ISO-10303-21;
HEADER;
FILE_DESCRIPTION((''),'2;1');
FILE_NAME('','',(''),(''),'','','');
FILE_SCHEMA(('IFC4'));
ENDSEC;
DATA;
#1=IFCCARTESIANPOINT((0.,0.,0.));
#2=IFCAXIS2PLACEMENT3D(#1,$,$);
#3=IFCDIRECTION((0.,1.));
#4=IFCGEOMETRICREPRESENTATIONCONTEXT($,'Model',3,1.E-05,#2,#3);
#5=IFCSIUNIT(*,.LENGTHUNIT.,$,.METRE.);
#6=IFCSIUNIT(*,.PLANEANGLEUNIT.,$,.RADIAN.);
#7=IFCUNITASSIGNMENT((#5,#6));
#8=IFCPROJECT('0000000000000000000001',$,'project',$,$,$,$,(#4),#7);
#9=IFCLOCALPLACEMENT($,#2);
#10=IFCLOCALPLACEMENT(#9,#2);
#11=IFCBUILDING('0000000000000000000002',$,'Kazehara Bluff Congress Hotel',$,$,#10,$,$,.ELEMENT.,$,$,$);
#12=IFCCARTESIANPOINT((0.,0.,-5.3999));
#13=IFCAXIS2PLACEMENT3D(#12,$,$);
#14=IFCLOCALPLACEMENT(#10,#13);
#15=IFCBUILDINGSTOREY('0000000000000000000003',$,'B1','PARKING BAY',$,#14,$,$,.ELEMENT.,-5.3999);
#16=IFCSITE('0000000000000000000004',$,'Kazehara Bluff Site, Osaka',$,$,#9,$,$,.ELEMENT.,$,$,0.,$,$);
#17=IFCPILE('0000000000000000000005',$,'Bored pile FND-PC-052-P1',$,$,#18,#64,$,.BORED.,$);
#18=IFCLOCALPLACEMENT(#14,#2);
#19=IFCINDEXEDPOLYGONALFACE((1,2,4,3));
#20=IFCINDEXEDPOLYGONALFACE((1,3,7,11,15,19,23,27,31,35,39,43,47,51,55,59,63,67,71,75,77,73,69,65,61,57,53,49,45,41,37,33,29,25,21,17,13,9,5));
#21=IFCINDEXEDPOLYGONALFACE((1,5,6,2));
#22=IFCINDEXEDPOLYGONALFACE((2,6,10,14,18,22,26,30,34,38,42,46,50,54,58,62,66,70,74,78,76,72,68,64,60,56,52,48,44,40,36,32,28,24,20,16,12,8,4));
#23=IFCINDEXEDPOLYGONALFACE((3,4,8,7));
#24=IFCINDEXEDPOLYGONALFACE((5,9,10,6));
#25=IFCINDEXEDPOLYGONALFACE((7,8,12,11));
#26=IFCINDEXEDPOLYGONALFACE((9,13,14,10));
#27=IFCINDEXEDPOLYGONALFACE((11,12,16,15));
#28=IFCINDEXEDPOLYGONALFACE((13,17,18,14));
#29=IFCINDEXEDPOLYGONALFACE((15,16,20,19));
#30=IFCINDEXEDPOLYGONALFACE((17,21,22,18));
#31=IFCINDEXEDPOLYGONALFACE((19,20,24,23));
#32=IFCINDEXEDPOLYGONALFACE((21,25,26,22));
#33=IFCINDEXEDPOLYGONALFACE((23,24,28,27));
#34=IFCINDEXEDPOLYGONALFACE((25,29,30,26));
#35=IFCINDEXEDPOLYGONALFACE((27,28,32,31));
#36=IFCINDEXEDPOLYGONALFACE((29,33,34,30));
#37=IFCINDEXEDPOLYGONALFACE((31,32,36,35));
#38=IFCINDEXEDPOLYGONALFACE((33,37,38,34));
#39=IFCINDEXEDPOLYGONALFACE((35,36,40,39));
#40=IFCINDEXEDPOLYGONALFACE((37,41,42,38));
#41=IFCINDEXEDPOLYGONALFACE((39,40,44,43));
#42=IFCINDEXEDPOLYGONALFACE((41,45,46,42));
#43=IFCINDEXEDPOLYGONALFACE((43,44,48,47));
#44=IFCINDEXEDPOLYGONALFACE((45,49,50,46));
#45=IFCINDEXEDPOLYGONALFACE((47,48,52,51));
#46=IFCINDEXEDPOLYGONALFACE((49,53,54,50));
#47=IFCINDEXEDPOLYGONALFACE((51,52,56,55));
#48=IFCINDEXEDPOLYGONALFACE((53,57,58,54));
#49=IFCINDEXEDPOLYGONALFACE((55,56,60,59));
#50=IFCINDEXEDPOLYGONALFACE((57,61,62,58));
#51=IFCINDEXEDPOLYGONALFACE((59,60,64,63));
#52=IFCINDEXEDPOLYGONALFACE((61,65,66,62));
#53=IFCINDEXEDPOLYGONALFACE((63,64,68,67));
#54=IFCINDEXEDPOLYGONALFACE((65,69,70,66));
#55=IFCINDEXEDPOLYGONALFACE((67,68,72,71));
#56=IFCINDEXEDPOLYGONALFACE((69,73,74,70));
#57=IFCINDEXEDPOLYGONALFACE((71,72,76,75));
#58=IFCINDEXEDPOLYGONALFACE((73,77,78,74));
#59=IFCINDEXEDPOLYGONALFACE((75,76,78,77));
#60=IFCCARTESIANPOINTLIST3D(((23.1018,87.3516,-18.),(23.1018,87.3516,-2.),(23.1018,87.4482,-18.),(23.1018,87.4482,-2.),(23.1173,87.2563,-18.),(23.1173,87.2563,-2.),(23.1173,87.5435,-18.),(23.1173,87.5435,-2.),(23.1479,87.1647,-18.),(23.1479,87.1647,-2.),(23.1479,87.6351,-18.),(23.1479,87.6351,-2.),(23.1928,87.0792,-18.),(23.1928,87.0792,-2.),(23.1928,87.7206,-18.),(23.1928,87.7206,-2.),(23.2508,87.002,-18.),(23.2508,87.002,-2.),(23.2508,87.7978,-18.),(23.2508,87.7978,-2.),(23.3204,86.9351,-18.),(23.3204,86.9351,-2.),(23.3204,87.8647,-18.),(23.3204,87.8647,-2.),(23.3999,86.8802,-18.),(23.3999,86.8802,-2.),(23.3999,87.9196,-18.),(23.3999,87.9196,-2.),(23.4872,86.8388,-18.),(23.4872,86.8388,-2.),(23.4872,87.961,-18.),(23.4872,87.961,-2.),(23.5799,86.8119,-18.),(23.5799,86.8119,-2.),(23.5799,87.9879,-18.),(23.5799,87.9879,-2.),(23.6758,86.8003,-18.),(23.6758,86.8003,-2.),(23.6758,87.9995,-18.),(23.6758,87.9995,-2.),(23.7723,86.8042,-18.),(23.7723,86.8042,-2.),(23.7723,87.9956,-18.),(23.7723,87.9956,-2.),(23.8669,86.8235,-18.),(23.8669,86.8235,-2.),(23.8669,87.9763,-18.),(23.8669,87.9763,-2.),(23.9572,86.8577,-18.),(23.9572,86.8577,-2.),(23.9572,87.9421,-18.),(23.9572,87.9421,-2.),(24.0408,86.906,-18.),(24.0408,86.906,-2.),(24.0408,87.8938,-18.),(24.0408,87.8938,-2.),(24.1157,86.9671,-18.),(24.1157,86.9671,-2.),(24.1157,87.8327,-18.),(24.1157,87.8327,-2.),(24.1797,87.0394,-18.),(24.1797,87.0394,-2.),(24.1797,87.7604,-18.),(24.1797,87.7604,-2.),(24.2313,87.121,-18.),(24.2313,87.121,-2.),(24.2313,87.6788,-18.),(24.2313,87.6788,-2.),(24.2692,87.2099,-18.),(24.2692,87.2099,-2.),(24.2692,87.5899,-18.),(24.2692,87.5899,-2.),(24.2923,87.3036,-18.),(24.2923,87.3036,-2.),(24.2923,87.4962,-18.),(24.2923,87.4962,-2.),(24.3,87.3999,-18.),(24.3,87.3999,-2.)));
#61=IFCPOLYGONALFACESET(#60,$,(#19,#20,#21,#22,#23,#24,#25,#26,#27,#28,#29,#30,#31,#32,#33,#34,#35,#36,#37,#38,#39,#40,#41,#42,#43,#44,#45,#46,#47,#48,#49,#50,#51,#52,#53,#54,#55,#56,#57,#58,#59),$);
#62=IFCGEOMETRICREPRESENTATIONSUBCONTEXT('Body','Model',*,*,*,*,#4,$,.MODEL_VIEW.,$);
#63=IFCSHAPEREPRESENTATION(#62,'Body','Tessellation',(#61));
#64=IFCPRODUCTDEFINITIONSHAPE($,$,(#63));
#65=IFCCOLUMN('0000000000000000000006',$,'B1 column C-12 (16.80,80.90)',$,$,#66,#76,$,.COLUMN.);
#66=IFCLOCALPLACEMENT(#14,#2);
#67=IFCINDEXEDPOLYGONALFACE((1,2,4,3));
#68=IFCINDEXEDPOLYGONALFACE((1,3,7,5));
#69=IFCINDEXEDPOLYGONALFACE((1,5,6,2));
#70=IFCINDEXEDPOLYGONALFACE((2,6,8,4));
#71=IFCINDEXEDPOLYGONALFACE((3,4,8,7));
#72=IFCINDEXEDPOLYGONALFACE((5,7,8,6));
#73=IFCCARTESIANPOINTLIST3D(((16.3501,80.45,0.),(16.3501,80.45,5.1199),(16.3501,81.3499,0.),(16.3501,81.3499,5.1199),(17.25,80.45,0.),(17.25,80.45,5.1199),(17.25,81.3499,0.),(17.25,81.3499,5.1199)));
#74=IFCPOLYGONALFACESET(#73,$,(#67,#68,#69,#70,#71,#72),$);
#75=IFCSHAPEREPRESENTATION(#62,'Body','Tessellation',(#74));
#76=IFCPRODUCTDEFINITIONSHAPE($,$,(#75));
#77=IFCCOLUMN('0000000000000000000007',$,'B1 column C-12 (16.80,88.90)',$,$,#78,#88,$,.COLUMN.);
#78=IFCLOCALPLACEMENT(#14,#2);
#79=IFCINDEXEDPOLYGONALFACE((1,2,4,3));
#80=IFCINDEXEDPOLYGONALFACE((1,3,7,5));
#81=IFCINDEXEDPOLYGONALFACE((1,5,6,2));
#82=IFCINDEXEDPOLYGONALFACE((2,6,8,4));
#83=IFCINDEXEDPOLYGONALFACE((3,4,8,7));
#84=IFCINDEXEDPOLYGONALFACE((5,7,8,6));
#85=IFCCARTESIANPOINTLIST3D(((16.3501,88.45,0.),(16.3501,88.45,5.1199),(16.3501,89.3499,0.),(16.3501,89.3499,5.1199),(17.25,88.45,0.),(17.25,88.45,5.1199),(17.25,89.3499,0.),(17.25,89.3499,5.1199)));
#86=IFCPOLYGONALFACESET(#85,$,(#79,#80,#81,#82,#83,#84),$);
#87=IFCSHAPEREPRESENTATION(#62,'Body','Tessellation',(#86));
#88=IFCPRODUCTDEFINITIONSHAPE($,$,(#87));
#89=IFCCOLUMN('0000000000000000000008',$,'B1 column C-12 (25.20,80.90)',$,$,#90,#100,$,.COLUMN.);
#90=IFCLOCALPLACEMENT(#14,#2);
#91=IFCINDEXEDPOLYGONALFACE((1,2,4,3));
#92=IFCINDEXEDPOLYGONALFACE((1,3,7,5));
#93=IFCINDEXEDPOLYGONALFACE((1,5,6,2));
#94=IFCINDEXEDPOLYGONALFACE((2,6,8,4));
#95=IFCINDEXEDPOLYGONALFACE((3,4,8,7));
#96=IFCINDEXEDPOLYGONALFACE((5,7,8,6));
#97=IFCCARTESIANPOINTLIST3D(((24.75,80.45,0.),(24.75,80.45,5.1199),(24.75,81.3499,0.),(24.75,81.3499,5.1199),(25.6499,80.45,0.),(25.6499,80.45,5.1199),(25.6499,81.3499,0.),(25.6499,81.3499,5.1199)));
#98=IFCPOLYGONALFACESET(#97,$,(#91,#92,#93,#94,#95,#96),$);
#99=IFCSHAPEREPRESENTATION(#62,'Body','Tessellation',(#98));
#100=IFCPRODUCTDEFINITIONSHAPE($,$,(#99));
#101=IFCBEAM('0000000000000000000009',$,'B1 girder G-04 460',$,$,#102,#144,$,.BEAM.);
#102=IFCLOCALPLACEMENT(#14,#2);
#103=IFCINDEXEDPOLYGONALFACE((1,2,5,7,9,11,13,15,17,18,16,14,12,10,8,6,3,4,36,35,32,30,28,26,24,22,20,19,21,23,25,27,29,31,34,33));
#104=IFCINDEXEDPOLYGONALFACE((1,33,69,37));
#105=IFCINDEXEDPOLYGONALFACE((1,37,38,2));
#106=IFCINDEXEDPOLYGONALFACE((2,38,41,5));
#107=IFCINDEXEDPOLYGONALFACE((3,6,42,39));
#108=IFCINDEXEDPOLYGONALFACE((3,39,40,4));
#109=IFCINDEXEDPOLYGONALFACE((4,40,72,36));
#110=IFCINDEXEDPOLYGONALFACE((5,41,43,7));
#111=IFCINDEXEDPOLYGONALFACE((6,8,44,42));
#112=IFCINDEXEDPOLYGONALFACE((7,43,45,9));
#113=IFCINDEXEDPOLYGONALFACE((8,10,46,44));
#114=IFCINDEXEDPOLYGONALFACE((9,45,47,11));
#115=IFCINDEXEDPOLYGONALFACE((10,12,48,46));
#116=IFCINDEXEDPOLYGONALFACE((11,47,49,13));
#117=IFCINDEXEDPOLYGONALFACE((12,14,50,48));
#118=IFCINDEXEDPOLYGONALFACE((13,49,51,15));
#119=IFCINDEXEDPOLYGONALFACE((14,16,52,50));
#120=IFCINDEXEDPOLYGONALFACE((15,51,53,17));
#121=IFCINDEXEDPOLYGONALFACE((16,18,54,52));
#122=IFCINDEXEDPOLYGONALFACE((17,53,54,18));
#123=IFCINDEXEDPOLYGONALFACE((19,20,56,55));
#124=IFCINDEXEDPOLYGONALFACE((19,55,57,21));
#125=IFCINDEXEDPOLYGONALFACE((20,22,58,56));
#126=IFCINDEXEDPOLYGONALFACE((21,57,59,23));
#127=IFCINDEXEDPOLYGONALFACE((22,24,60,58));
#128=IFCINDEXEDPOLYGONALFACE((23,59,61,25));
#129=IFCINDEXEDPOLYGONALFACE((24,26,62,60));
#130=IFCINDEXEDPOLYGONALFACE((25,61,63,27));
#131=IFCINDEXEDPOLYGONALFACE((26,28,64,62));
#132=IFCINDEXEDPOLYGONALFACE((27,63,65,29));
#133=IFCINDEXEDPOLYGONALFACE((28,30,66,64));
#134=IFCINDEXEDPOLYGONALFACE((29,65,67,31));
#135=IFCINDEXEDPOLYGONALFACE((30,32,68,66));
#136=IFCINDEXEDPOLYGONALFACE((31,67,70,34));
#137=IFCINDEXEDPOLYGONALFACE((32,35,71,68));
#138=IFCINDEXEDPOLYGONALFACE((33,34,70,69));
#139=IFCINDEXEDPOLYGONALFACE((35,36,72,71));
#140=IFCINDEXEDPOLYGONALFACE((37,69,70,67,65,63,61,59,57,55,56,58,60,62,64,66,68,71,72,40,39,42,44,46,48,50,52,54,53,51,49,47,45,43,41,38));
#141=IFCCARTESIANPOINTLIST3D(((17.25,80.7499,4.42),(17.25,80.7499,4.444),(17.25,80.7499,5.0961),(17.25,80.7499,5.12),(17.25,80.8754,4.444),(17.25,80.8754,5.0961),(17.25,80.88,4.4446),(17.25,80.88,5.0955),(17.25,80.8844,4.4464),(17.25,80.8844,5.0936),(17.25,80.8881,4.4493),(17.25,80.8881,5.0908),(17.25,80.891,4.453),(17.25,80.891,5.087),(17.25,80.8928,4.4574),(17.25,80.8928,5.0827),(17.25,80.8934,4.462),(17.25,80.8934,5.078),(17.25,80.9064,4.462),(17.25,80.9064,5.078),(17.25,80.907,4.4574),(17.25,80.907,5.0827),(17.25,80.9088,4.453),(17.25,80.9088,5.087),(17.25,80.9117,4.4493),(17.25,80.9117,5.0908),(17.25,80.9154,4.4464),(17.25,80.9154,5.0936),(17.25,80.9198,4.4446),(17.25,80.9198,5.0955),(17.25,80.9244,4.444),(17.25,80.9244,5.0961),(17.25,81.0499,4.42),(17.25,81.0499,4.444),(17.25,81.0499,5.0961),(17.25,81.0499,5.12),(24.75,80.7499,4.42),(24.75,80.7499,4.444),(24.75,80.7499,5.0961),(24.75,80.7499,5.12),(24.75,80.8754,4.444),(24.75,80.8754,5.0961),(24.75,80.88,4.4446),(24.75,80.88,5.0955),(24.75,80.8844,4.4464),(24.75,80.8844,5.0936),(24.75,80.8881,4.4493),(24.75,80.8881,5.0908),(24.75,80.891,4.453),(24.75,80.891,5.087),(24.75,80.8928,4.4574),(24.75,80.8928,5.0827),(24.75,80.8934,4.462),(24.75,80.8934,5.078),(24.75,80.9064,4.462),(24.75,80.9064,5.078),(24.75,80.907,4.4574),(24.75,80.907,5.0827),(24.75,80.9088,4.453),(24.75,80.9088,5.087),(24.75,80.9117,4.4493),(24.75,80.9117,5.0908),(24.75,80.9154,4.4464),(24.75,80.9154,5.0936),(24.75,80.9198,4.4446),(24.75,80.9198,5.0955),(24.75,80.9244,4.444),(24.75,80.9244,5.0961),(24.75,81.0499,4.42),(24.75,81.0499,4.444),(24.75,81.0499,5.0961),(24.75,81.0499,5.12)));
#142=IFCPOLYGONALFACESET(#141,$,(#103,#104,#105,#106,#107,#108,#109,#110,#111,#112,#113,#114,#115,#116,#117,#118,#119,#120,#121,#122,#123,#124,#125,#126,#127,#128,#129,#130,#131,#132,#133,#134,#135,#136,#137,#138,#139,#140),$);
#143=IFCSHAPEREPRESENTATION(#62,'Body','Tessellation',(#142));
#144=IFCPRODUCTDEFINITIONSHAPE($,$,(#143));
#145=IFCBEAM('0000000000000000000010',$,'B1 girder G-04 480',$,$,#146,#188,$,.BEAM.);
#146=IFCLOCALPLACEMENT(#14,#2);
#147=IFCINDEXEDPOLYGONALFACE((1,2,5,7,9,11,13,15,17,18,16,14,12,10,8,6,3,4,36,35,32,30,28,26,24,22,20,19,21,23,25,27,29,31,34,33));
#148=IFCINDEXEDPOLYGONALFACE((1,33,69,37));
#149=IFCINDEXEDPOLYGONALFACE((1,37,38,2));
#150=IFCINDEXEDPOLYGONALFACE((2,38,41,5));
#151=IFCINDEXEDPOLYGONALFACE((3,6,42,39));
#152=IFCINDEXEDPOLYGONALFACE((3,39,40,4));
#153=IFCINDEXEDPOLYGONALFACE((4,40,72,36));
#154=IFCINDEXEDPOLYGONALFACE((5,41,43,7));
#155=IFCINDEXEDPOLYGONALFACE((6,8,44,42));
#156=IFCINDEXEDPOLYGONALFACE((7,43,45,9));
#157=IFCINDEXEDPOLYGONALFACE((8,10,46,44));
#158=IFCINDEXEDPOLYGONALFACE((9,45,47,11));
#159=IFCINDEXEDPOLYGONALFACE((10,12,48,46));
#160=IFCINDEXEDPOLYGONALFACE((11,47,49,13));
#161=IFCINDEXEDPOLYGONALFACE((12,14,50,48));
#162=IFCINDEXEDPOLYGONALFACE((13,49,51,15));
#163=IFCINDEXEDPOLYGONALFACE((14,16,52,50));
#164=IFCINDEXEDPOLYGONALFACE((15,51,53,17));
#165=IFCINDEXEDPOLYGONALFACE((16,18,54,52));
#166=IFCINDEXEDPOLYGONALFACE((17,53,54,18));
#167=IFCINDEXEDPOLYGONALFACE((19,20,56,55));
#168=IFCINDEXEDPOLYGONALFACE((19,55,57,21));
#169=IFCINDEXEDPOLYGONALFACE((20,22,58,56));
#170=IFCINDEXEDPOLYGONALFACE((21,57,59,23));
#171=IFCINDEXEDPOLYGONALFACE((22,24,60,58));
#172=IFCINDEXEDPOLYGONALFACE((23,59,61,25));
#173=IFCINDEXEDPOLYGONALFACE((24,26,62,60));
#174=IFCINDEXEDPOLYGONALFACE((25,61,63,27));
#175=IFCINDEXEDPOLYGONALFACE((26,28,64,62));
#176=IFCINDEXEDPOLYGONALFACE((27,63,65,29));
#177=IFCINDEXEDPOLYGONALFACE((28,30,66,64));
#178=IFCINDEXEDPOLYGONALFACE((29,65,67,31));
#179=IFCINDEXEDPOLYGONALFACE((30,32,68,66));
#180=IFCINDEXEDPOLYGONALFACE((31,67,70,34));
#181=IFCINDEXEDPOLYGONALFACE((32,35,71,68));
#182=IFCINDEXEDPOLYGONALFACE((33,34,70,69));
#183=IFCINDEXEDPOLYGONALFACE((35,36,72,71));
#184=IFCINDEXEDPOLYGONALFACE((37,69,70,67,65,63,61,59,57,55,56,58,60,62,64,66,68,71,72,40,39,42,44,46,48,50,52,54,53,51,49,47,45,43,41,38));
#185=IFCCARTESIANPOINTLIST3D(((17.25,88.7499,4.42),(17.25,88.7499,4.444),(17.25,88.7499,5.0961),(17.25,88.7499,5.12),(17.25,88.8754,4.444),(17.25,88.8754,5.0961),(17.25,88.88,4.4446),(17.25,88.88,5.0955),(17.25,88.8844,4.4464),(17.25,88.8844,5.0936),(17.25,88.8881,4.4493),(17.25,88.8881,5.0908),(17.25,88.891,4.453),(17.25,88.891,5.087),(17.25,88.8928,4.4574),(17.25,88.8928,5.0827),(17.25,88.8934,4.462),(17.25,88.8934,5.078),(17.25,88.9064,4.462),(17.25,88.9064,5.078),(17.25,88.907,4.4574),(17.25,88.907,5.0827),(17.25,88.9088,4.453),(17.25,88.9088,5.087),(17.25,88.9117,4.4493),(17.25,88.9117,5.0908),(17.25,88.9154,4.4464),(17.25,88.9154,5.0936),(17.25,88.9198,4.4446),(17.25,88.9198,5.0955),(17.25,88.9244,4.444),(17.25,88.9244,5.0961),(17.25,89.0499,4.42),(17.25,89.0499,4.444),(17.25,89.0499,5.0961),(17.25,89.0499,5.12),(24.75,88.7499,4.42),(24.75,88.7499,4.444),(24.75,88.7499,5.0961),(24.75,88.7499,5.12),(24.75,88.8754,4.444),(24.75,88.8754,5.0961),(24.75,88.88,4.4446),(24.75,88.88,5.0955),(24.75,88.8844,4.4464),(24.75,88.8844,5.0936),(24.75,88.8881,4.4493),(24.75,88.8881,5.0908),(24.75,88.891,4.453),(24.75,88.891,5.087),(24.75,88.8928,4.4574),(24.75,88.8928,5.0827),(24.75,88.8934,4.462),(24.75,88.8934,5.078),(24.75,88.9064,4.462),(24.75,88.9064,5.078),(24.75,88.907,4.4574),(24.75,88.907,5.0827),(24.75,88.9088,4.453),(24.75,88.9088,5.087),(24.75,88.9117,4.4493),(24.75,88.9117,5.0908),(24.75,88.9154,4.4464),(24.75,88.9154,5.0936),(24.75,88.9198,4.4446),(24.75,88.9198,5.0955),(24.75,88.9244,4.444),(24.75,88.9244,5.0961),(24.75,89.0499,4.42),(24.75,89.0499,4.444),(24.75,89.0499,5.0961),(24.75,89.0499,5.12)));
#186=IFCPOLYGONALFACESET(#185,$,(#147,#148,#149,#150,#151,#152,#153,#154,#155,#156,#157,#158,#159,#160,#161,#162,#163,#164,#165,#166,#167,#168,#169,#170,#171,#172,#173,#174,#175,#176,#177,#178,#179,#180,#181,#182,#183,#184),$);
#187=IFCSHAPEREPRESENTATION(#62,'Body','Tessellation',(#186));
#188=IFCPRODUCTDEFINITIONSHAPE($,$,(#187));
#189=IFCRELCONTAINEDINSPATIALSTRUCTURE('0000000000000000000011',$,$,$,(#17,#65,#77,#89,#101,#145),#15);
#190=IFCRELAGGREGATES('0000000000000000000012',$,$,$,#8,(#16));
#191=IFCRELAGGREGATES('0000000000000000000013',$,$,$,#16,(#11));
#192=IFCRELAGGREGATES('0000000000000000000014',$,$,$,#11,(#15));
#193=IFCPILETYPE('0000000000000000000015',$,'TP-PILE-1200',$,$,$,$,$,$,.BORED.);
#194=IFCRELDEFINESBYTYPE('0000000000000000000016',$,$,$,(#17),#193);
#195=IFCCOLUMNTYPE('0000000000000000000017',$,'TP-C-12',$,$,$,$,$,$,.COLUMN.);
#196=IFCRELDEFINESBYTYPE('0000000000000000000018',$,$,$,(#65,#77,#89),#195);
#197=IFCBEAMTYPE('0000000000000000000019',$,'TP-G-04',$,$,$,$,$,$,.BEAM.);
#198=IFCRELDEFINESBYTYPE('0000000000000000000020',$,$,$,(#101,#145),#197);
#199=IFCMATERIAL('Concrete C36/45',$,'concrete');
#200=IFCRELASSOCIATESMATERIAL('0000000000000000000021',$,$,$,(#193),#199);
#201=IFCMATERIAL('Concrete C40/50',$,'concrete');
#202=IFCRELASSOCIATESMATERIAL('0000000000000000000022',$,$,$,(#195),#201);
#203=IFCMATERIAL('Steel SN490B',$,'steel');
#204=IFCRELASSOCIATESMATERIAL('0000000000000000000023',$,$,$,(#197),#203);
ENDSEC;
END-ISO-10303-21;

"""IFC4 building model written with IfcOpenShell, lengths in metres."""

from ifc_helpers import new_model, si_unit, direction, frame, origin, origin_2d, place, context, subcontext, project, spatial, rectangle, circle, i_section, extrude, material, material_profile, profile_set, type_object, element, save


model = new_model("IFC4")

# Units and contexts
model_context = context("Model", 3, precision=1e-05, world=origin(), true_north=direction((0.0, 1.0)))
body_context = subcontext(model_context, "Body", "Model", "MODEL_VIEW")
ifc_project = project(units=[si_unit("LENGTHUNIT", "METRE"), si_unit("PLANEANGLEUNIT", "RADIAN")], contexts=[model_context])

# Site, building, storey
site_placement = place(None, origin())
site = spatial("IfcSite", under=ifc_project, at=site_placement, Name="Kazehara Bluff Site, Osaka", CompositionType="ELEMENT", RefElevation=0.0)
building_placement = place(site_placement, origin())
building = spatial("IfcBuilding", under=site, at=building_placement, Name="Kazehara Bluff Congress Hotel", CompositionType="ELEMENT")
storey_placement = place(building_placement, frame((0.0, 0.0, -5.3999)))
storey = spatial("IfcBuildingStorey", under=building, at=storey_placement, Name="B1", Description="PARKING BAY", CompositionType="ELEMENT", Elevation=-5.3999)

# Pile
ifc_material_1 = material(Name="Concrete C36/45", Category="concrete")
ifc_material_profile_1 = material_profile(ifc_material_1, circle(Radius=0.6001, at=origin_2d()))
ifc_profile_set_1 = profile_set([ifc_material_profile_1], Name="Concrete C36/45")
pile_type = type_object("IfcPileType", Name="TP-PILE-1200", PredefinedType="BORED", material=ifc_profile_set_1)
for number, where, z_axis, x_axis, name in (
    (1, (23.7, 87.3999, -2.0), (0.0, 0.0, -1.0), (1.0, 0.0, 0.0), "Bored pile FND-PC-052-P1"),
):
    element("IfcPile", number, at=place(storey_placement, frame(where, z_axis=z_axis, x_axis=x_axis)), inside=storey, type_object=pile_type, Name=name, PredefinedType="BORED", context=body_context, shape_type="SweptSolid", body=[
        extrude(circle(Radius=0.6001, at=origin_2d()), origin(), (0.0, 0.0, 1.0), 16.0),
    ])

# Columns
ifc_material_2 = material(Name="Concrete C40/50", Category="concrete")
ifc_material_profile_2 = material_profile(ifc_material_2, rectangle(XDim=0.8999, YDim=0.8999, at=origin_2d()))
ifc_profile_set_2 = profile_set([ifc_material_profile_2], Name="Concrete C40/50")
column_type = type_object("IfcColumnType", Name="TP-C-12", PredefinedType="COLUMN", material=ifc_profile_set_2)
for number, where, z_axis, x_axis, name in (
    (2, (16.8, 80.8999, 0.0), (0.0, 0.0, 1.0), (1.0, 0.0, 0.0), "B1 column C-12 (16.80,80.90)"),
    (3, (16.8, 88.8999, 0.0), (0.0, 0.0, 1.0), (1.0, 0.0, 0.0), "B1 column C-12 (16.80,88.90)"),
    (4, (25.2, 80.8999, 0.0), (0.0, 0.0, 1.0), (1.0, 0.0, 0.0), "B1 column C-12 (25.20,80.90)"),
):
    element("IfcColumn", number, at=place(storey_placement, frame(where, z_axis=z_axis, x_axis=x_axis)), inside=storey, type_object=column_type, Name=name, PredefinedType="COLUMN", context=body_context, shape_type="SweptSolid", body=[
        extrude(rectangle(XDim=0.8999, YDim=0.8999, at=origin_2d()), origin(), (0.0, 0.0, 1.0), 5.1199),
    ])

# Beams
ifc_material_3 = material(Name="Steel SN490B", Category="steel")
ifc_material_profile_3 = material_profile(ifc_material_3, i_section(OverallWidth=0.3, OverallDepth=0.7, WebThickness=0.0129, FlangeThickness=0.0239, FilletRadius=0.0181, at=origin_2d()))
ifc_profile_set_3 = profile_set([ifc_material_profile_3], Name="Steel SN490B")
beam_type_1 = type_object("IfcBeamType", Name="TP-G-04", PredefinedType="BEAM", material=ifc_profile_set_3)
for number, where, z_axis, x_axis, name in (
    (5, (17.25, 80.8999, 4.77), (1.0, 0.0, 0.0), (0.0, 1.0, 0.0), "B1 girder G-04 460"),
    (6, (17.25, 88.8999, 4.77), (1.0, 0.0, 0.0), (0.0, 1.0, 0.0), "B1 girder G-04 480"),
):
    element("IfcBeam", number, at=place(storey_placement, frame(where, z_axis=z_axis, x_axis=x_axis)), inside=storey, type_object=beam_type_1, Name=name, PredefinedType="BEAM", context=body_context, shape_type="SweptSolid", body=[
        extrude(i_section(OverallWidth=0.3, OverallDepth=0.7, WebThickness=0.0129, FlangeThickness=0.0239, FilletRadius=0.0181, at=origin_2d()), origin(), (0.0, 0.0, 1.0), 7.5),
    ])

save(model, "model.ifc")
